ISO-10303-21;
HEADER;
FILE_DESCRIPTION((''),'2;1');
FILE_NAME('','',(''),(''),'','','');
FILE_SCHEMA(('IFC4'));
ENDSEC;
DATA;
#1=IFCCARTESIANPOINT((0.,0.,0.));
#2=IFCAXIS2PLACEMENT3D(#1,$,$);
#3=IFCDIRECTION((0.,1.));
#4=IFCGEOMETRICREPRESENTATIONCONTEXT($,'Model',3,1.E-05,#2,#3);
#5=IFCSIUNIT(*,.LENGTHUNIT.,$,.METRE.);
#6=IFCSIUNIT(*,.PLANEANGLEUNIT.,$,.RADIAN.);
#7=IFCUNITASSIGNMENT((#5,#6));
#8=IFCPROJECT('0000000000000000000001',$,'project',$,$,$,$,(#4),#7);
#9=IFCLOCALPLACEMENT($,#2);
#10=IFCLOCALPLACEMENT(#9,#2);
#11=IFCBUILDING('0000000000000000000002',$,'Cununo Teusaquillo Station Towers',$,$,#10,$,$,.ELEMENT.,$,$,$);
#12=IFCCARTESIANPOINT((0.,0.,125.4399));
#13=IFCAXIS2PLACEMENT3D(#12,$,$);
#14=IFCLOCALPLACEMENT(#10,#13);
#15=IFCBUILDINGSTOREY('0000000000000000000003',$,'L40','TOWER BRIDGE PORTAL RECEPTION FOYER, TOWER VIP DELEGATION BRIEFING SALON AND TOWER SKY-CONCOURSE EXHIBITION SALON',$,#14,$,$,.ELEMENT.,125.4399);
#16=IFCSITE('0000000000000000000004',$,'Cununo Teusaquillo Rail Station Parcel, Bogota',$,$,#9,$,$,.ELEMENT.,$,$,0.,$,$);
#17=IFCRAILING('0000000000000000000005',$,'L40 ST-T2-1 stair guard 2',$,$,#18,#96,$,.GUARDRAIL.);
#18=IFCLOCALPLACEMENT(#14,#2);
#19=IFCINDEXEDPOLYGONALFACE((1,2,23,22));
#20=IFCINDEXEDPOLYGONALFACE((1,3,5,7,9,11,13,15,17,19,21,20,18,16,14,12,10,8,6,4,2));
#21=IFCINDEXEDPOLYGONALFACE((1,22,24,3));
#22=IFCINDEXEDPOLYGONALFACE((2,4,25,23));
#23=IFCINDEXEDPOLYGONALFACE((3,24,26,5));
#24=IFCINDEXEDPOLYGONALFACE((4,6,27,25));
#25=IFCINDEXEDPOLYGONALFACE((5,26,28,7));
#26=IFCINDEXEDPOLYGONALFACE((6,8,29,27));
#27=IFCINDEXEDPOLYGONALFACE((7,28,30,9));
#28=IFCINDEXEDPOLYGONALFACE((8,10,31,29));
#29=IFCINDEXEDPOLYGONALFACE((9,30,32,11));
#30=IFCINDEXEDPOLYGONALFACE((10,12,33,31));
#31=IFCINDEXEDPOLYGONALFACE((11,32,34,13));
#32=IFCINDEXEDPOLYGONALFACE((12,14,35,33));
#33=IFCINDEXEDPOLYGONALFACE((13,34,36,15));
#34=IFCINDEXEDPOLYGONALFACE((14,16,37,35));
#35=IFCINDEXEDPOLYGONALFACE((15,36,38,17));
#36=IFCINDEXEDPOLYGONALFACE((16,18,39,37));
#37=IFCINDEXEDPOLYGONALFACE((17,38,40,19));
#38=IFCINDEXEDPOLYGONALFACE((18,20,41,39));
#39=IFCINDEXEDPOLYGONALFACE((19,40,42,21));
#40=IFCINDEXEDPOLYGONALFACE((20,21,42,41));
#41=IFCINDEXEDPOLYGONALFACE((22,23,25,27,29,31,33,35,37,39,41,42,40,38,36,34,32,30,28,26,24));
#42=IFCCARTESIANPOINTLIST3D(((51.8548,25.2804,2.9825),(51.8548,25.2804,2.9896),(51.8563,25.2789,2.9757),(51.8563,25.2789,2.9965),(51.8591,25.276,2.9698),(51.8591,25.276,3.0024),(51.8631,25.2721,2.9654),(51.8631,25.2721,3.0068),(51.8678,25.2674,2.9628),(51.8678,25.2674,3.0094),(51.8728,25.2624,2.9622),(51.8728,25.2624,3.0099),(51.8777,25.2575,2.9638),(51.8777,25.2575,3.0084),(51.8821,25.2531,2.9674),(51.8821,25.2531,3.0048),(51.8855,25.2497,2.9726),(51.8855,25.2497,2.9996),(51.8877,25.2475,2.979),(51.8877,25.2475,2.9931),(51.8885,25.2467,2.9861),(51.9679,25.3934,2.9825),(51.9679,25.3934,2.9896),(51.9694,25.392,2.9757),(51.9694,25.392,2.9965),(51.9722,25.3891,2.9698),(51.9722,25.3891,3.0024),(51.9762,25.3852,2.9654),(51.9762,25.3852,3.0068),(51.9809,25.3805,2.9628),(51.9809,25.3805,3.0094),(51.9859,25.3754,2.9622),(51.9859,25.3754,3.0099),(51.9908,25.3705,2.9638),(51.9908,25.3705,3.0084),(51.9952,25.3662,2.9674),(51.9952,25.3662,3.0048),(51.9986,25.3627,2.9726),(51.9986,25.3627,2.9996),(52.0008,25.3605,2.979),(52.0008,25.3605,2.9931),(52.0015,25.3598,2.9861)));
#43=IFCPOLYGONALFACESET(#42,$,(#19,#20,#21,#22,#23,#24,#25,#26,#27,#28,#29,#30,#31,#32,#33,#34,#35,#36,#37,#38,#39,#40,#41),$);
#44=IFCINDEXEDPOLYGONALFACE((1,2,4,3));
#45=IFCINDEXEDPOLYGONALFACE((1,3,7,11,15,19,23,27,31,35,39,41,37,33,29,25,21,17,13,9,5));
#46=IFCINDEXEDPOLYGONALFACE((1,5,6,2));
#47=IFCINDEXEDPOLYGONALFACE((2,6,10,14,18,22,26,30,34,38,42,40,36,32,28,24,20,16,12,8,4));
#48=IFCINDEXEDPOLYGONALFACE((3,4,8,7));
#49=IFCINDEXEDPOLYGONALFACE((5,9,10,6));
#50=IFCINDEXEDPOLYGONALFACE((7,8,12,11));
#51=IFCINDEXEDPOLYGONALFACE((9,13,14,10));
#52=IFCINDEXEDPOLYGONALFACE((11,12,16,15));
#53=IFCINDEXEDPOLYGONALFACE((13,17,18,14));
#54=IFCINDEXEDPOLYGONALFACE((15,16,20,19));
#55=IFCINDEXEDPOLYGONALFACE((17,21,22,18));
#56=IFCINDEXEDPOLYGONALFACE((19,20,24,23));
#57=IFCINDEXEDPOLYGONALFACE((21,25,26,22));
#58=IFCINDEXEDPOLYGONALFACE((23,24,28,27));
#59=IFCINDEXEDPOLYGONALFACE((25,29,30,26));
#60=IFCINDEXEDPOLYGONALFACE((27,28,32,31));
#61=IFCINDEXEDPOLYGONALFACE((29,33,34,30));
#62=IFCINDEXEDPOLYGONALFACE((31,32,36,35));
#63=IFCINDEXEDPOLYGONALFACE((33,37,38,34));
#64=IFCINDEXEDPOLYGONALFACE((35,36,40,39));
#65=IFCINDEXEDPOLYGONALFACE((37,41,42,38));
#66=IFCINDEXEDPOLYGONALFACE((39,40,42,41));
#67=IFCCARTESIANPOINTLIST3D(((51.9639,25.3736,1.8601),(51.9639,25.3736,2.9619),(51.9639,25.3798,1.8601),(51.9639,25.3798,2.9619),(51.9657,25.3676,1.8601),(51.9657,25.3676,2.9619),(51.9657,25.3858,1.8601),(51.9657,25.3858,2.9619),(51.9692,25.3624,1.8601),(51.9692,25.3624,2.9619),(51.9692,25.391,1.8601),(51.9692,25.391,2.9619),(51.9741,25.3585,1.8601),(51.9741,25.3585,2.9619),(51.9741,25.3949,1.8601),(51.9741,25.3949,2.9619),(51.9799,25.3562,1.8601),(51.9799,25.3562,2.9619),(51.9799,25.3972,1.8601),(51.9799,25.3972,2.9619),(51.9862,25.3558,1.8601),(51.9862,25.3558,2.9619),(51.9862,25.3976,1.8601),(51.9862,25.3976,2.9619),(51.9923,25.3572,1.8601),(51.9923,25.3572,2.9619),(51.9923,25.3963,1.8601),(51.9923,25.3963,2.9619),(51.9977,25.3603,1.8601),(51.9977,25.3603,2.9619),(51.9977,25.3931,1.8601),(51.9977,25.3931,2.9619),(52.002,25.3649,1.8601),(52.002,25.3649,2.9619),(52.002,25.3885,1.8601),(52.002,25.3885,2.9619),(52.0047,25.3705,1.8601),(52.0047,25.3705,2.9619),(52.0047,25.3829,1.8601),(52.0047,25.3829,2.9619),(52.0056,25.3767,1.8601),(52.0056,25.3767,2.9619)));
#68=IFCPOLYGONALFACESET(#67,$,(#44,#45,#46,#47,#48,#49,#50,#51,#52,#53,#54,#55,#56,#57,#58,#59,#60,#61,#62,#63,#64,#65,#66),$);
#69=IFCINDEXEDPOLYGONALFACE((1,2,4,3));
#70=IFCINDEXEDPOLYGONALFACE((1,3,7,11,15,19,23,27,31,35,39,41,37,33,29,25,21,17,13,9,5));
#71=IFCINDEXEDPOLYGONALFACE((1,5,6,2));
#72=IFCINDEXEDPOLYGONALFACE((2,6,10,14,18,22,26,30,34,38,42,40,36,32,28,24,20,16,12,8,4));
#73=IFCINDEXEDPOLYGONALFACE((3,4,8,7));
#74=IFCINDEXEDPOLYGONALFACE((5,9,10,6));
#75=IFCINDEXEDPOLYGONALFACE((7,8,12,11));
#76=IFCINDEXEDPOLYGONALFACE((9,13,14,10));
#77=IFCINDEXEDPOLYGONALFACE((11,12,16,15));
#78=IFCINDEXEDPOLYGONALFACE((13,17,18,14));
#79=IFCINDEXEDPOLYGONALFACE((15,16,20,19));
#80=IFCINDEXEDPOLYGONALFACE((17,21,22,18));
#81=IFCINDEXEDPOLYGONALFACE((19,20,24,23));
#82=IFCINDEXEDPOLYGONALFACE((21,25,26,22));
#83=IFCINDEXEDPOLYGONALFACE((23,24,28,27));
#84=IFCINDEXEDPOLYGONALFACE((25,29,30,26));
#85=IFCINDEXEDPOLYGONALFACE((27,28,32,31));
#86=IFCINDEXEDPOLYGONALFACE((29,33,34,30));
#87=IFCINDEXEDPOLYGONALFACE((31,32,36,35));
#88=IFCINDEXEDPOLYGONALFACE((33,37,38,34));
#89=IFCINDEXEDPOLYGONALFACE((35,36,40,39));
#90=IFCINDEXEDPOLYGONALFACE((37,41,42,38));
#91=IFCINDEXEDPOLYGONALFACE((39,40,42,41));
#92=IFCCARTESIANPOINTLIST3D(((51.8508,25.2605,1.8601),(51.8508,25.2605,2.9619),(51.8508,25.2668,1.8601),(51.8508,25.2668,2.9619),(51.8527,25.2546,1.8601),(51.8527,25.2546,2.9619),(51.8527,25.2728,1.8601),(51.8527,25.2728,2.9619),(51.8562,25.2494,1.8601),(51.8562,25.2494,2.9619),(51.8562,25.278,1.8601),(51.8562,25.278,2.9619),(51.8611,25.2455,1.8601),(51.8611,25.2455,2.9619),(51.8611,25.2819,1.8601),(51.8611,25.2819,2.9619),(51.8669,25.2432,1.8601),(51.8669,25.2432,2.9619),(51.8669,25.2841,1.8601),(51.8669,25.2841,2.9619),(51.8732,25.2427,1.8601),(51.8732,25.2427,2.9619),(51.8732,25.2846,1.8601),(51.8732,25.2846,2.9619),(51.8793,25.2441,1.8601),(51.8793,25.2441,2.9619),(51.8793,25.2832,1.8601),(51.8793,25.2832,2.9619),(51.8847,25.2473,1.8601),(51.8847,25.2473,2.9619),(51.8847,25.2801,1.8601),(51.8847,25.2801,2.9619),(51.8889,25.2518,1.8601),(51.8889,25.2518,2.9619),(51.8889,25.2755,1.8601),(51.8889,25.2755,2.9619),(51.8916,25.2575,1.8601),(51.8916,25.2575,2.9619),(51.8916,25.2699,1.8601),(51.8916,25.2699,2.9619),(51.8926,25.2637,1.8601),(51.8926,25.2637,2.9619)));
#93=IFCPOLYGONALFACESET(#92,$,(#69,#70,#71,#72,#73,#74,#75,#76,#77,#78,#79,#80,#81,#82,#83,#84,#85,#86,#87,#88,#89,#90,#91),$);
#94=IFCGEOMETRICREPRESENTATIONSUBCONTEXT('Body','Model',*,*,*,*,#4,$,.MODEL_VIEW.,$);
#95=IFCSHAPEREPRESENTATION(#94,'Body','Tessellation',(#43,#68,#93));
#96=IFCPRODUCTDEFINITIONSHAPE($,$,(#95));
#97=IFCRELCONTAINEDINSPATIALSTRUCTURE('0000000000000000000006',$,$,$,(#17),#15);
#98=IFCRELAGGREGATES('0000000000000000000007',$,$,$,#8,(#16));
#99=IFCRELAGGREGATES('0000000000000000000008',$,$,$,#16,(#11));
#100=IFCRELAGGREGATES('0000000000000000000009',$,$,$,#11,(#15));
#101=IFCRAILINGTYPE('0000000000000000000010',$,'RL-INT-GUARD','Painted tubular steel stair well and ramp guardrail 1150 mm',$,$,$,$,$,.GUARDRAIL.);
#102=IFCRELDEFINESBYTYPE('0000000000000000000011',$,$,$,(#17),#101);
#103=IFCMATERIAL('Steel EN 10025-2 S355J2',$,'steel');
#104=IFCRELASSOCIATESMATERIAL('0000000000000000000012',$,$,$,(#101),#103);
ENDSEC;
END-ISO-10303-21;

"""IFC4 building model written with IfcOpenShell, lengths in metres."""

from ifc_helpers import new_model, si_unit, direction, frame, origin, origin_2d, place, context, subcontext, project, spatial, circle, extrude, material, type_object, element, save


model = new_model("IFC4")

# Units and contexts
model_context = context("Model", 3, precision=1e-05, world=origin(), true_north=direction((0.0, 1.0)))
body_context = subcontext(model_context, "Body", "Model", "MODEL_VIEW")
ifc_project = project(units=[si_unit("LENGTHUNIT", "METRE"), si_unit("PLANEANGLEUNIT", "RADIAN")], contexts=[model_context])

# Site, building, storey
site_placement = place(None, origin())
site = spatial("IfcSite", under=ifc_project, at=site_placement, Name="Cununo Teusaquillo Rail Station Parcel, Bogota", CompositionType="ELEMENT", RefElevation=0.0)
building_placement = place(site_placement, origin())
building = spatial("IfcBuilding", under=site, at=building_placement, Name="Cununo Teusaquillo Station Towers", CompositionType="ELEMENT")
storey_placement = place(building_placement, frame((0.0, 0.0, 125.4399)))
storey = spatial("IfcBuildingStorey", under=building, at=storey_placement, Name="L40", Description="TOWER BRIDGE PORTAL RECEPTION FOYER, TOWER VIP DELEGATION BRIEFING SALON AND TOWER SKY-CONCOURSE EXHIBITION SALON", CompositionType="ELEMENT", Elevation=125.4399)

# Railing
ifc_material_1 = material(Name="Steel EN 10025-2 S355J2", Category="steel")
railing_type_1 = type_object("IfcRailingType", Name="RL-INT-GUARD", Description="Painted tubular steel stair well and ramp guardrail 1150 mm", PredefinedType="GUARDRAIL", material=ifc_material_1)
railing_1_placement = place(storey_placement, frame((51.9846, 25.3767, 1.8601)))
element("IfcRailing", 1, at=railing_1_placement, inside=storey, type_object=railing_type_1, Name="L40 ST-T2-1 stair guard 2", PredefinedType="GUARDRAIL", context=body_context, shape_type="SweptSolid", body=[
    extrude(circle(Radius=0.0239, at=origin_2d()), frame((0.0, 0.0, 1.126), z_axis=(-0.707107, -0.707107, 0.0), x_axis=(0.707107, -0.707107, 0.0)), (0.0, 0.0, 1.0), 0.1599),
    extrude(circle(Radius=0.021, at=origin_2d()), origin(), (0.0, 0.0, 1.0), 1.1018),
    extrude(circle(Radius=0.021, at=origin_2d()), frame((-0.113, -0.113, 0.0)), (0.0, 0.0, 1.0), 1.1018),
])

save(model, "model.ifc")
